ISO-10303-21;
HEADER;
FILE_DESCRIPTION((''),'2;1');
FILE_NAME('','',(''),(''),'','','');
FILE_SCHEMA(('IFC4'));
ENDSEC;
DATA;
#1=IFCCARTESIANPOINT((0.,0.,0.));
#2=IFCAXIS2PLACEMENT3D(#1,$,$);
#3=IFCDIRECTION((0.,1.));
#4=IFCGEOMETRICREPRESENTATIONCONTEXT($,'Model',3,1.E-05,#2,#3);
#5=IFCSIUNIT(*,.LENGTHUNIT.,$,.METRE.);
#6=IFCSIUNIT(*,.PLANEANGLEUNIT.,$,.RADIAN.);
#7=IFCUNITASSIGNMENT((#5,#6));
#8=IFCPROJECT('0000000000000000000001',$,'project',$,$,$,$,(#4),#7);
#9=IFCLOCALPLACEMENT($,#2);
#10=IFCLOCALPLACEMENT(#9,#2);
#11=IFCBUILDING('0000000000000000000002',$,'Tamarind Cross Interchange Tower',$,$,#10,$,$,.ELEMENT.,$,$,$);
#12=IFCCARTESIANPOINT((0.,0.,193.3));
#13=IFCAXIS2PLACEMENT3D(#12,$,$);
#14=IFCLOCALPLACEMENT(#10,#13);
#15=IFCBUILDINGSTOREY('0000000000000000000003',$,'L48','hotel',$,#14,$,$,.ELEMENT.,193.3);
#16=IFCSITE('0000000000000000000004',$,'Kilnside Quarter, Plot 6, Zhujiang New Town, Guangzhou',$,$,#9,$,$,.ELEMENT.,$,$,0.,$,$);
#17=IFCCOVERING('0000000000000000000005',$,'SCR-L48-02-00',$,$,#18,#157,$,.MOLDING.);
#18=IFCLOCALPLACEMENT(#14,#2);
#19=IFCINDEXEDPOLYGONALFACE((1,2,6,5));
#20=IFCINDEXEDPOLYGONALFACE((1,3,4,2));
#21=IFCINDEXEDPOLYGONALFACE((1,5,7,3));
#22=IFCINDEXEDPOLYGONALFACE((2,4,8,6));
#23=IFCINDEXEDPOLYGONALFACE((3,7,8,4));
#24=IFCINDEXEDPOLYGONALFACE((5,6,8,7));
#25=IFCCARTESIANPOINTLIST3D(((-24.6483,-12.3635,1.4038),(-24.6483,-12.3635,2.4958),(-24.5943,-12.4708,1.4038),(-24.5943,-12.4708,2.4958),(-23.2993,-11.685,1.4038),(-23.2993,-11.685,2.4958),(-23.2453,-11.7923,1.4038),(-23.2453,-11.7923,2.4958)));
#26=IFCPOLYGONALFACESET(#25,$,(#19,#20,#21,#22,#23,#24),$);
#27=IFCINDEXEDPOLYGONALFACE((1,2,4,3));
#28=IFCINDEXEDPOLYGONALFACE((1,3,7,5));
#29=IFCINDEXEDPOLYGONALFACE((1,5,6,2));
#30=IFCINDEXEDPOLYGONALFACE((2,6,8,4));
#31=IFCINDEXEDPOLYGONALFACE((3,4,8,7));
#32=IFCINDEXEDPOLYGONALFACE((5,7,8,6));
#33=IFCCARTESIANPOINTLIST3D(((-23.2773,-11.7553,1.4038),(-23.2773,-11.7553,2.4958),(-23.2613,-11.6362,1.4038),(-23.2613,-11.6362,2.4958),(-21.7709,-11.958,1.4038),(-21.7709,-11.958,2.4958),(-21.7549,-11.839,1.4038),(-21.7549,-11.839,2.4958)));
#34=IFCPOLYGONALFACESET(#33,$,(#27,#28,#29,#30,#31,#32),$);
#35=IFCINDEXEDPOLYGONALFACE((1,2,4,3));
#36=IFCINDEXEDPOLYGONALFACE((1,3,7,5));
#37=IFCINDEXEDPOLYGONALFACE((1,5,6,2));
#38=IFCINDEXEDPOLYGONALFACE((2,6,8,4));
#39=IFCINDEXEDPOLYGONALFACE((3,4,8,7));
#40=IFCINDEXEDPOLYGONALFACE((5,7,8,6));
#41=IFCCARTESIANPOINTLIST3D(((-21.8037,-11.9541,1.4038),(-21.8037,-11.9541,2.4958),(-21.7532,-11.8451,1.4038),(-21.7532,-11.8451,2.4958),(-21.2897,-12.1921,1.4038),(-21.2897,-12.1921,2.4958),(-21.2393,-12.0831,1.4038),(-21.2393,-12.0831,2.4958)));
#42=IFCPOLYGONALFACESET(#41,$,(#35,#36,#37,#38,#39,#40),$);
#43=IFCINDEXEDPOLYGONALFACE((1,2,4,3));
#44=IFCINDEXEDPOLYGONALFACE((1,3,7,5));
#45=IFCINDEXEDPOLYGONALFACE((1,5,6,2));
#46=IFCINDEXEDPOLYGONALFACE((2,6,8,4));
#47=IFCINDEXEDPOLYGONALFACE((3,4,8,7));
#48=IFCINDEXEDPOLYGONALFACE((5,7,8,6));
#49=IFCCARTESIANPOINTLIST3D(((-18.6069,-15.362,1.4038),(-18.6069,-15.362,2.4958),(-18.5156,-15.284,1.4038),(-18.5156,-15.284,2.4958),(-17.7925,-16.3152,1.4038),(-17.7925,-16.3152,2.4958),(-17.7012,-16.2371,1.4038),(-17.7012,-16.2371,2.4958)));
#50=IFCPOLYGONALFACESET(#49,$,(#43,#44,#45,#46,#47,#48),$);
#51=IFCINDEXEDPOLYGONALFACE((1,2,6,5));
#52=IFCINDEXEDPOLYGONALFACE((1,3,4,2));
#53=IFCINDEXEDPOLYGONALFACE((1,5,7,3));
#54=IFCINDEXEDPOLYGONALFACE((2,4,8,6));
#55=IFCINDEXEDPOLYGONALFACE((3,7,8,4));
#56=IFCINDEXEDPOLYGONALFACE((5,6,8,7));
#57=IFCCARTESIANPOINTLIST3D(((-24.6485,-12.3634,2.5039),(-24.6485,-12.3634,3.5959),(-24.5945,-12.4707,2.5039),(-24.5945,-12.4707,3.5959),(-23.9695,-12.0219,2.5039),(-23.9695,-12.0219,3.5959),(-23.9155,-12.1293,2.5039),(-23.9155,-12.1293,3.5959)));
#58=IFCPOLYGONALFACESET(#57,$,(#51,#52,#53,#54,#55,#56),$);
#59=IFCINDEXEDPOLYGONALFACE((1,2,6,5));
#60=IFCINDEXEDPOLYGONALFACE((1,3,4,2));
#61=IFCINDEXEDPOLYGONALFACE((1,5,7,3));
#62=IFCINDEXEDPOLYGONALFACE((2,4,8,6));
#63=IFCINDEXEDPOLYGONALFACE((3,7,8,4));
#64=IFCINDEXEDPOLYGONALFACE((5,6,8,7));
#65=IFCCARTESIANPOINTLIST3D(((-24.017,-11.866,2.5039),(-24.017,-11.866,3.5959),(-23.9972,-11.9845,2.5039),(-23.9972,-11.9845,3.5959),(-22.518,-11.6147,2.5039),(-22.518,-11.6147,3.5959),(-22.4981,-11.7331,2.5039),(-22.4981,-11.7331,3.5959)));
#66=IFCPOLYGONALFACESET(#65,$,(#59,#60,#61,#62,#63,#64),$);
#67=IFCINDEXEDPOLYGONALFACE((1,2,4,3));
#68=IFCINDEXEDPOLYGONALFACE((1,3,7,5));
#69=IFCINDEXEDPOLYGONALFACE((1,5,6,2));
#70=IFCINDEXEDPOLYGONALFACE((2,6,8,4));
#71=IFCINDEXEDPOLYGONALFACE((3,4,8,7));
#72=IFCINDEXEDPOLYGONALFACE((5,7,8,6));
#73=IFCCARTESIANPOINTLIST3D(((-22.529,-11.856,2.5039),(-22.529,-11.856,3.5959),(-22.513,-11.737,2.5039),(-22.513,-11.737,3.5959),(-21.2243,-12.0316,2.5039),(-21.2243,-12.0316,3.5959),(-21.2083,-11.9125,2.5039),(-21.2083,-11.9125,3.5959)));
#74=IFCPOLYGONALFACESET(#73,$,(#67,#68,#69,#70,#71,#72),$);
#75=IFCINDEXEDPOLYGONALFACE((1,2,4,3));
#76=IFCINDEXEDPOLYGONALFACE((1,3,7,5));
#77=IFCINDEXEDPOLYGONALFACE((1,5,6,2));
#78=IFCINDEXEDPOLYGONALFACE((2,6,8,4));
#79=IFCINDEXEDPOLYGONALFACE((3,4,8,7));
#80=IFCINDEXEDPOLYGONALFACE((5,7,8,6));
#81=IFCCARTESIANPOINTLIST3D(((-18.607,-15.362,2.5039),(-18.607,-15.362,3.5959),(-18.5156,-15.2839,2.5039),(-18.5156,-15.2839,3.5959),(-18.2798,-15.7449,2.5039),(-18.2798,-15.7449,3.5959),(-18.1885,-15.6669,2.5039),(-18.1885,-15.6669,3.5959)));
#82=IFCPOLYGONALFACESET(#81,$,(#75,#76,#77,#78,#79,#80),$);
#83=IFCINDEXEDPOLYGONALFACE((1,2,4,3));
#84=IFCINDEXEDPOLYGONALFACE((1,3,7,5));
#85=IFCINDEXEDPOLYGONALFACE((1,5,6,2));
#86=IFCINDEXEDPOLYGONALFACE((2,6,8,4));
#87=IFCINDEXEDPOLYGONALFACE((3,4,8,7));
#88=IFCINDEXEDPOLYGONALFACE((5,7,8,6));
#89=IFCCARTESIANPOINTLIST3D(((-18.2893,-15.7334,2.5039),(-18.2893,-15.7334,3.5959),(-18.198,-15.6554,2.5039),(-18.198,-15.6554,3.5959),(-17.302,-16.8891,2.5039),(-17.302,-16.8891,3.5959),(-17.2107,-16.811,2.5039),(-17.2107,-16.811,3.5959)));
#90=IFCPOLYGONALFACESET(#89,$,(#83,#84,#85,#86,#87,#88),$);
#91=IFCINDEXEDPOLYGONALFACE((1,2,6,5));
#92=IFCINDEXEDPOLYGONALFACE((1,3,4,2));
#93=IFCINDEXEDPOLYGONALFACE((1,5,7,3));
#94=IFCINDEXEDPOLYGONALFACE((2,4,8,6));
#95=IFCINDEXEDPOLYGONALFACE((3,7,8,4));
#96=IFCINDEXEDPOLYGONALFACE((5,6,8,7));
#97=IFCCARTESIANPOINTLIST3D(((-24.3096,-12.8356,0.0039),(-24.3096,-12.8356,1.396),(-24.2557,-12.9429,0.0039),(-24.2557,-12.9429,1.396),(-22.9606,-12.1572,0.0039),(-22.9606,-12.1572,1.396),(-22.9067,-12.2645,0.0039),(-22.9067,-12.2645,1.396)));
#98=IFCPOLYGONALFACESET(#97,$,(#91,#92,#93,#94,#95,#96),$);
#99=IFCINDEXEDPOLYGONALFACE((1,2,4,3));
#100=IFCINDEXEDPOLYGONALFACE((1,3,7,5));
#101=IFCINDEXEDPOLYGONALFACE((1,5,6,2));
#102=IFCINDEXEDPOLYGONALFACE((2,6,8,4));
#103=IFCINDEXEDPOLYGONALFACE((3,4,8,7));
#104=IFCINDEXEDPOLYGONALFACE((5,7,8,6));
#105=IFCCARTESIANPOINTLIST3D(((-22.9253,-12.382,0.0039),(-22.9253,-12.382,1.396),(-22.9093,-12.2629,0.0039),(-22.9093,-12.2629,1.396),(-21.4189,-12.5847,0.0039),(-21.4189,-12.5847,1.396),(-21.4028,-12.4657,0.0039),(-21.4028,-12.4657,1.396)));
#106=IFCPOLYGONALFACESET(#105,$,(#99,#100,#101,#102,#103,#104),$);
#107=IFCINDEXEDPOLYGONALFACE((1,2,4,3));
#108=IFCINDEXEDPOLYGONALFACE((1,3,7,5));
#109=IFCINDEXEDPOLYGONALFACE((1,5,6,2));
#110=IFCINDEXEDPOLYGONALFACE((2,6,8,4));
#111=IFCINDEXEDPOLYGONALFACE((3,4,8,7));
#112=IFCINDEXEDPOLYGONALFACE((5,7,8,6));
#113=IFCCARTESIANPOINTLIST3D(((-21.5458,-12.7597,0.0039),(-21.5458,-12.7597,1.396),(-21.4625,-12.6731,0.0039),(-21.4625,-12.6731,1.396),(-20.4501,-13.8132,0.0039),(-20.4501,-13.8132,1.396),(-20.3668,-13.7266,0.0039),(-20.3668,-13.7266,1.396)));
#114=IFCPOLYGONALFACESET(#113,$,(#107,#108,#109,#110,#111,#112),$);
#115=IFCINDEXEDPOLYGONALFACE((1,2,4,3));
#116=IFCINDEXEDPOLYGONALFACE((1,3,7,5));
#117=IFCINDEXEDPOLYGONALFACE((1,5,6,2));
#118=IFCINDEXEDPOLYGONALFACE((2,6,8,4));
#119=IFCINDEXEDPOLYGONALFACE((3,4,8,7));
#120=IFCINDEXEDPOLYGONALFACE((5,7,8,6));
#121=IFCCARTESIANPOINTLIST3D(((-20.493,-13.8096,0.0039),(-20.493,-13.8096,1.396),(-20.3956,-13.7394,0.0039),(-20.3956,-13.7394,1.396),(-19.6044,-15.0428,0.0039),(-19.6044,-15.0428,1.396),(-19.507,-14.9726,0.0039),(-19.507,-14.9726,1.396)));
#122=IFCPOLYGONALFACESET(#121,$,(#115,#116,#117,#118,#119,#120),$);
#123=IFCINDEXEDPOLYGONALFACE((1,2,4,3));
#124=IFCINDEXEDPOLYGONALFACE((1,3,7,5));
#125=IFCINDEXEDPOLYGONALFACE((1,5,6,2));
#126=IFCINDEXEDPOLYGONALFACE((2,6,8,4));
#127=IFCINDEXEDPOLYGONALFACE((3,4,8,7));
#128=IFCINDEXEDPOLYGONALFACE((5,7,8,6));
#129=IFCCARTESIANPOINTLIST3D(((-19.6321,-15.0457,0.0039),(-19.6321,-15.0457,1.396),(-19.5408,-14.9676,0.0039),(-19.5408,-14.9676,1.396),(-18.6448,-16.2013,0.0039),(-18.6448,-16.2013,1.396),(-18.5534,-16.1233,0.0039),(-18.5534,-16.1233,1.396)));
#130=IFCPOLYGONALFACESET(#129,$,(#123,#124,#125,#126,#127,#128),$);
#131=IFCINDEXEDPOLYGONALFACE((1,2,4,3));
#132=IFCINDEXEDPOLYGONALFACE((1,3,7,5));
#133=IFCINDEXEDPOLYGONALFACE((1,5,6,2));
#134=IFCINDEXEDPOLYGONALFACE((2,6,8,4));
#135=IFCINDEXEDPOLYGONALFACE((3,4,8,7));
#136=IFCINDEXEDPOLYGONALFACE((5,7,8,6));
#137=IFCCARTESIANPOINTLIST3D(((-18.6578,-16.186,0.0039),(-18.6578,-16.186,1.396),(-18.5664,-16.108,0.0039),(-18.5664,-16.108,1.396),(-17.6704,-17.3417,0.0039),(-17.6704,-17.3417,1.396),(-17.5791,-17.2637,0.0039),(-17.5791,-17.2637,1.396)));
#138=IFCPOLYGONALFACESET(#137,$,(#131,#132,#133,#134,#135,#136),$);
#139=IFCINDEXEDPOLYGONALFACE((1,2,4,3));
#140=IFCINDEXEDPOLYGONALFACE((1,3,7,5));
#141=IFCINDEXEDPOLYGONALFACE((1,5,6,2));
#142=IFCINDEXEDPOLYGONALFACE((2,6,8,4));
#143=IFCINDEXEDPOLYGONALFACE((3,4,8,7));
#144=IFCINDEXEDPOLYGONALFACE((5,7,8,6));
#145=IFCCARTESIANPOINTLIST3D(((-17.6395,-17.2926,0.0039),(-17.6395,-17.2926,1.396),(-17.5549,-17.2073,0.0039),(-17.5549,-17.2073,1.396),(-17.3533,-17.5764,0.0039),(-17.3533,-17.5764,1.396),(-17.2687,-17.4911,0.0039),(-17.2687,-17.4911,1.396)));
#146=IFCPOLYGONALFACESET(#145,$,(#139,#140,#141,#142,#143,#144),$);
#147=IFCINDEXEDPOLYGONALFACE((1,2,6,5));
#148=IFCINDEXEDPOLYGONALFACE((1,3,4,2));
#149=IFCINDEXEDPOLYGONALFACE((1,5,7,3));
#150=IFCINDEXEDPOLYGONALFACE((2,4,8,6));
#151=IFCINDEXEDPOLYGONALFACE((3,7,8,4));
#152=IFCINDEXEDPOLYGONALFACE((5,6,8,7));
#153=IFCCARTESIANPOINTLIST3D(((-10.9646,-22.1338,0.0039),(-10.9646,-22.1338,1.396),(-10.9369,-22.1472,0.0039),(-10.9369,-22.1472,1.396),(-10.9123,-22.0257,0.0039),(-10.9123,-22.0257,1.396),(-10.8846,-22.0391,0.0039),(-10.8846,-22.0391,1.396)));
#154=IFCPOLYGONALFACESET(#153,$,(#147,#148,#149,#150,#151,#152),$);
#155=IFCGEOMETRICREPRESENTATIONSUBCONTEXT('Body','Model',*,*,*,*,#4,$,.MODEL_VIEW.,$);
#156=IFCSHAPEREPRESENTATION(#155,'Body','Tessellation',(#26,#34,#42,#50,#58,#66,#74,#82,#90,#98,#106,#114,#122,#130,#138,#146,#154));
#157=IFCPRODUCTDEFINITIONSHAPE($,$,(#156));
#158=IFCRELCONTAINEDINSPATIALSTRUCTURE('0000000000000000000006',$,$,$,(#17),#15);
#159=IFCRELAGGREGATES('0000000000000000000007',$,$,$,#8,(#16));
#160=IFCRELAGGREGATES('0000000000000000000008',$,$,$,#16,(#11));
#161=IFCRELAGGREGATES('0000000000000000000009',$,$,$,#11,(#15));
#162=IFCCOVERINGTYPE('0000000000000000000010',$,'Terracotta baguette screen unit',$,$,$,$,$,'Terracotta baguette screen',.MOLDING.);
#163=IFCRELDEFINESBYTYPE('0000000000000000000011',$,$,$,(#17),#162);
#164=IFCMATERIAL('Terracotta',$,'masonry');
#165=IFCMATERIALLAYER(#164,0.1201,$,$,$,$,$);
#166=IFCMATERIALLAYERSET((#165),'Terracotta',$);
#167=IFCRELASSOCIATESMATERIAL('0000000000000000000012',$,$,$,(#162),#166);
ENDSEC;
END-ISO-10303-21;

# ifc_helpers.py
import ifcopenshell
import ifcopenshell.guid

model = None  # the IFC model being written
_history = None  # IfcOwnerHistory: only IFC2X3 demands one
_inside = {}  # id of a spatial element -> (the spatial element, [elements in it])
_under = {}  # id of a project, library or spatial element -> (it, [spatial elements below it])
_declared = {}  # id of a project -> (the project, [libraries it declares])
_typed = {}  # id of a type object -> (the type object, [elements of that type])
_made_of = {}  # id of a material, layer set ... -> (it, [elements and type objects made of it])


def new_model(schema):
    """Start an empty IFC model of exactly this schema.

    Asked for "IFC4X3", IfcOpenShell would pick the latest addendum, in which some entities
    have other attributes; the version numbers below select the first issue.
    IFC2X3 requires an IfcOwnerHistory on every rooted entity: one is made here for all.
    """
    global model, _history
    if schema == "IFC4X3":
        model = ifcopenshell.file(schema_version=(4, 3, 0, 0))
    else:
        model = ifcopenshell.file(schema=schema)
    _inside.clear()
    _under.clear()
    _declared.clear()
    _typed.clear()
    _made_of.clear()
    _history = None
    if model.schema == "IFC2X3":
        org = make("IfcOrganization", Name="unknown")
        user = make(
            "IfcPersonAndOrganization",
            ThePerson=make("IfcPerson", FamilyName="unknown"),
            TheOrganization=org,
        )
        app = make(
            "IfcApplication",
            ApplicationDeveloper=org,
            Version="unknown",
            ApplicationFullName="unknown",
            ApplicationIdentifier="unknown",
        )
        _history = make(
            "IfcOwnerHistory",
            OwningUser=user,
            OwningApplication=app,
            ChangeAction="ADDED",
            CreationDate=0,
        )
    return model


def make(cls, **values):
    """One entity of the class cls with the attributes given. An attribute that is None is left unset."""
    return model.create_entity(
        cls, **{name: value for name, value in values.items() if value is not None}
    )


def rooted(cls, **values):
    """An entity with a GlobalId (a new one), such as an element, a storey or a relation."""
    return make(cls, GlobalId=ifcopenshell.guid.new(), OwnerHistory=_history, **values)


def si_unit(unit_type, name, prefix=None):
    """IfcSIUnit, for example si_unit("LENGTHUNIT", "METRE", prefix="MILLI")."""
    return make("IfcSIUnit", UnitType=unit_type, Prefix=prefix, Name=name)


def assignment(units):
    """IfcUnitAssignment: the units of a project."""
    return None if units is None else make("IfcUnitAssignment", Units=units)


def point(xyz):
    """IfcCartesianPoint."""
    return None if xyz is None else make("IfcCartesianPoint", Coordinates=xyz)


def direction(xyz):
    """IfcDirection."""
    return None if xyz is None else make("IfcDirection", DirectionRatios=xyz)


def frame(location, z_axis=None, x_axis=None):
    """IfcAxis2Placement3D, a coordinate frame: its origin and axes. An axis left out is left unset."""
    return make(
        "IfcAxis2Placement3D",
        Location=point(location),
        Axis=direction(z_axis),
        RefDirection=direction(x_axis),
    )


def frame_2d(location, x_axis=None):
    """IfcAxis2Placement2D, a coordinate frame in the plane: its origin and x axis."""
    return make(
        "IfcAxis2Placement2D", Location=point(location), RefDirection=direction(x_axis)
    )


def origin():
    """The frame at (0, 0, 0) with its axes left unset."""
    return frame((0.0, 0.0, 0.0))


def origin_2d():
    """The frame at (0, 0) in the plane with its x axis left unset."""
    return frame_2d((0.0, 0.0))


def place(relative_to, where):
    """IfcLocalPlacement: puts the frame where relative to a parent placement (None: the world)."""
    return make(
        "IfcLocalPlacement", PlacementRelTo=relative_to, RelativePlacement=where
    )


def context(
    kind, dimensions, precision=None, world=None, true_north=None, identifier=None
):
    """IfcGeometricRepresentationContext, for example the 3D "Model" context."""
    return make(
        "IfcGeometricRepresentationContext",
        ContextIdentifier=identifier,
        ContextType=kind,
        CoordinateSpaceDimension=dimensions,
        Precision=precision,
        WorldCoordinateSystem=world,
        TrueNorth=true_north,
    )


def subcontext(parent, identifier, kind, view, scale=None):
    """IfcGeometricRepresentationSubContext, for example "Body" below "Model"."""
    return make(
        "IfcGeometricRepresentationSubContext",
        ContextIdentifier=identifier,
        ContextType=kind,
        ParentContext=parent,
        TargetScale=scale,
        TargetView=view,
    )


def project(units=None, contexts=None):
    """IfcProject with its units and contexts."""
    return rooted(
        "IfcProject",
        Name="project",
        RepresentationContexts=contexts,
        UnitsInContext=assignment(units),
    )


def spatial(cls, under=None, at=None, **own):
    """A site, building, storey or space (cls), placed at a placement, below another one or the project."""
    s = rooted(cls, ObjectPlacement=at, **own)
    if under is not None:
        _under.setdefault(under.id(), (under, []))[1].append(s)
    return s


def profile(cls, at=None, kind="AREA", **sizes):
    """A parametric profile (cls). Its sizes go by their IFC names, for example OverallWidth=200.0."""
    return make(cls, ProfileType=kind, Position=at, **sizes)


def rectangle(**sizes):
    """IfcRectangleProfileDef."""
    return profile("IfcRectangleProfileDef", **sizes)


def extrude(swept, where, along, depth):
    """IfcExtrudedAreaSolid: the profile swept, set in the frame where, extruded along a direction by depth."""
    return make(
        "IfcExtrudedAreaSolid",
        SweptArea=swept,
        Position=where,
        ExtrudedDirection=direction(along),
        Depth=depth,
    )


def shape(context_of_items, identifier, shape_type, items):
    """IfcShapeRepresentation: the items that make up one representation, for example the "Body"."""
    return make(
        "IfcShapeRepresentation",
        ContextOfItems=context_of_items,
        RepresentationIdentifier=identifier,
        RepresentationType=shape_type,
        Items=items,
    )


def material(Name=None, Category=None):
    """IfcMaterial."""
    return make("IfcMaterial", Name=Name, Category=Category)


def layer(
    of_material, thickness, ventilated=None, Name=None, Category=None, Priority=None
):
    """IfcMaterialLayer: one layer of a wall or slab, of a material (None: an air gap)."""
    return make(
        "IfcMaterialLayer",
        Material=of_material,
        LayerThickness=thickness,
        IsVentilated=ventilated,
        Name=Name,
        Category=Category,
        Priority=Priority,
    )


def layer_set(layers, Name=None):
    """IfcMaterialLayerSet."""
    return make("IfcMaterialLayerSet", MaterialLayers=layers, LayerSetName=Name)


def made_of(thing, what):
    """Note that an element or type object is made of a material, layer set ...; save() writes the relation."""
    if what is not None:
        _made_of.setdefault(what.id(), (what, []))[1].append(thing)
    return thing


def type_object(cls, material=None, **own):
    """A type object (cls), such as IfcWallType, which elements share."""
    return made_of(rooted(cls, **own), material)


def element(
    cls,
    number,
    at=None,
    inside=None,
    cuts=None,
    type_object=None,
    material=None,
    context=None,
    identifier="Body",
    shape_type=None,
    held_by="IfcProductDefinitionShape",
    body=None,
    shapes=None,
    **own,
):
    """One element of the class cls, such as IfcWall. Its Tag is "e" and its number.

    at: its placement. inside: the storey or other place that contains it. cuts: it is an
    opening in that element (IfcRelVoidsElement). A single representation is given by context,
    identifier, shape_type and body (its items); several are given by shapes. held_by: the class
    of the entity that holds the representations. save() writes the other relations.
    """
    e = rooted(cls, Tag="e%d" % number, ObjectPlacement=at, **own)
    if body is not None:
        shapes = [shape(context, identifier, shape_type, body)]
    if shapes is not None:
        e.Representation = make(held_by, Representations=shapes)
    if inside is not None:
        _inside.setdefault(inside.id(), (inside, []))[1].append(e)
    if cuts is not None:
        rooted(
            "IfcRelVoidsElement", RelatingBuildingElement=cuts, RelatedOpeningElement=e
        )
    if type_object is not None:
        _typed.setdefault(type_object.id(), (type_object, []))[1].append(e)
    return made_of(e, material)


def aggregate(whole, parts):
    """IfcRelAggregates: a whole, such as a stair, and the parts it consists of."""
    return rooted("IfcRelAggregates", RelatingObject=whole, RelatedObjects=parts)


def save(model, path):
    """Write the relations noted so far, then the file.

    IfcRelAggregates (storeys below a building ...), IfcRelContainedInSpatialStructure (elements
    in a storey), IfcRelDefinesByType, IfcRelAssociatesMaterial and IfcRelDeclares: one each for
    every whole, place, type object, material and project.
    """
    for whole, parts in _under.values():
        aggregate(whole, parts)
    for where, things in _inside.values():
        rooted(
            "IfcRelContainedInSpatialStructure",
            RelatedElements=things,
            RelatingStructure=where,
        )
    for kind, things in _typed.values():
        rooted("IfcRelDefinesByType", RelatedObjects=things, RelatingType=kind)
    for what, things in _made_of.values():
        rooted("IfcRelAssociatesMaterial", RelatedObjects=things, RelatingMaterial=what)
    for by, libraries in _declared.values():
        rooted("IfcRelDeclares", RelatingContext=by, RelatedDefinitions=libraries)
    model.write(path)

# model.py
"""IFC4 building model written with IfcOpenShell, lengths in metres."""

from ifc_helpers import new_model, si_unit, direction, frame, origin, origin_2d, place, context, subcontext, project, spatial, rectangle, extrude, material, layer, layer_set, type_object, element, save


model = new_model("IFC4")

# Units and contexts
model_context = context("Model", 3, precision=1e-05, world=origin(), true_north=direction((0.0, 1.0)))
body_context = subcontext(model_context, "Body", "Model", "MODEL_VIEW")
ifc_project = project(units=[si_unit("LENGTHUNIT", "METRE"), si_unit("PLANEANGLEUNIT", "RADIAN")], contexts=[model_context])

# Site, building, storey
site_placement = place(None, origin())
site = spatial("IfcSite", under=ifc_project, at=site_placement, Name="Kilnside Quarter, Plot 6, Zhujiang New Town, Guangzhou", CompositionType="ELEMENT", RefElevation=0.0)
building_placement = place(site_placement, origin())
building = spatial("IfcBuilding", under=site, at=building_placement, Name="Tamarind Cross Interchange Tower", CompositionType="ELEMENT")
storey_placement = place(building_placement, frame((0.0, 0.0, 193.3)))
storey = spatial("IfcBuildingStorey", under=building, at=storey_placement, Name="L48", Description="hotel", CompositionType="ELEMENT", Elevation=193.3)

# Covering
ifc_material_1 = material(Name="Terracotta", Category="masonry")
ifc_layer_1 = layer(ifc_material_1, 0.1201)
ifc_layer_set_1 = layer_set([ifc_layer_1], Name="Terracotta")
covering_type = type_object("IfcCoveringType", Name="Terracotta baguette screen unit", ElementType="Terracotta baguette screen", PredefinedType="MOLDING", material=ifc_layer_set_1)
covering_1_placement = place(storey_placement, origin())
element("IfcCovering", 1, at=covering_1_placement, inside=storey, type_object=covering_type, Name="SCR-L48-02-00", PredefinedType="MOLDING", context=body_context, shape_type="SweptSolid", body=[
    extrude(rectangle(XDim=1.51, YDim=0.1201, at=origin_2d()), frame((-23.9468, -12.0779, 1.4038), z_axis=(0.0, 0.0, 1.0), x_axis=(0.893375, 0.449312, 0.0)), (0.0, 0.0, 1.0), 1.092),
    extrude(rectangle(XDim=1.52, YDim=0.1201, at=origin_2d()), frame((-22.5161, -11.7971, 1.4038), z_axis=(0.0, 0.0, 1.0), x_axis=(0.991066, -0.133372, 0.0)), (0.0, 0.0, 1.0), 1.092),
    extrude(rectangle(XDim=0.5664, YDim=0.1201, at=origin_2d()), frame((-21.5215, -12.0186, 1.4038), z_axis=(0.0, 0.0, 1.0), x_axis=(0.907437, -0.420188, 0.0)), (0.0, 0.0, 1.0), 1.092),
    extrude(rectangle(XDim=1.2537, YDim=0.1201, at=origin_2d()), frame((-18.1541, -15.7996, 1.4038), z_axis=(0.0, 0.0, 1.0), x_axis=(0.649577, -0.760296, 0.0)), (0.0, 0.0, 1.0), 1.092),
    extrude(rectangle(XDim=0.76, YDim=0.1201, at=origin_2d()), frame((-24.282, -12.2463, 2.5039), z_axis=(0.0, 0.0, 1.0), x_axis=(0.893375, 0.449312, 0.0)), (0.0, 0.0, 1.0), 1.092),
    extrude(rectangle(XDim=1.52, YDim=0.1201, at=origin_2d()), frame((-23.2576, -11.7996, 2.5039), z_axis=(0.0, 0.0, 1.0), x_axis=(0.986235, 0.16535, 0.0)), (0.0, 0.0, 1.0), 1.092),
    extrude(rectangle(XDim=1.3164, YDim=0.1201, at=origin_2d()), frame((-21.8687, -11.8843, 2.5039), z_axis=(0.0, 0.0, 1.0), x_axis=(0.991066, -0.133372, 0.0)), (0.0, 0.0, 1.0), 1.092),
    extrude(rectangle(XDim=0.5037, YDim=0.1201, at=origin_2d()), frame((-18.3977, -15.5144, 2.5039), z_axis=(0.0, 0.0, 1.0), x_axis=(0.649577, -0.760296, 0.0)), (0.0, 0.0, 1.0), 1.092),
    extrude(rectangle(XDim=1.52, YDim=0.1201, at=origin_2d()), frame((-17.75, -16.2722, 2.5039), z_axis=(0.0, 0.0, 1.0), x_axis=(0.649577, -0.760296, 0.0)), (0.0, 0.0, 1.0), 1.092),
    extrude(rectangle(XDim=1.51, YDim=0.1201, at=origin_2d()), frame((-23.6082, -12.55, 0.0039), z_axis=(0.0, 0.0, 1.0), x_axis=(0.893375, 0.449312, 0.0)), (0.0, 0.0, 1.0), 1.3921),
    extrude(rectangle(XDim=1.52, YDim=0.1201, at=origin_2d()), frame((-22.1641, -12.4238, 0.0039), z_axis=(0.0, 0.0, 1.0), x_axis=(0.991066, -0.133372, 0.0)), (0.0, 0.0, 1.0), 1.3921),
    extrude(rectangle(XDim=1.52, YDim=0.1201, at=origin_2d()), frame((-20.9563, -13.2432, 0.0039), z_axis=(0.0, 0.0, 1.0), x_axis=(0.720856, -0.693084, 0.0)), (0.0, 0.0, 1.0), 1.3921),
    extrude(rectangle(XDim=1.52, YDim=0.1201, at=origin_2d()), frame((-20.0, -14.3911, 0.0039), z_axis=(0.0, 0.0, 1.0), x_axis=(0.584574, -0.81134, 0.0)), (0.0, 0.0, 1.0), 1.3921),
    extrude(rectangle(XDim=1.52, YDim=0.1201, at=origin_2d()), frame((-19.0928, -15.5845, 0.0039), z_axis=(0.0, 0.0, 1.0), x_axis=(0.649577, -0.760296, 0.0)), (0.0, 0.0, 1.0), 1.3921),
    extrude(rectangle(XDim=1.52, YDim=0.1201, at=origin_2d()), frame((-18.1184, -16.7249, 0.0039), z_axis=(0.0, 0.0, 1.0), x_axis=(0.649577, -0.760296, 0.0)), (0.0, 0.0, 1.0), 1.3921),
    extrude(rectangle(XDim=0.4031, YDim=0.1201, at=origin_2d()), frame((-17.4541, -17.3918, 0.0039), z_axis=(0.0, 0.0, 1.0), x_axis=(0.710143, -0.704057, 0.0)), (0.0, 0.0, 1.0), 1.3921),
    extrude(rectangle(XDim=0.0308, YDim=0.1201, at=origin_2d()), frame((-10.9246, -22.0864, 0.0039), z_axis=(0.0, 0.0, 1.0), x_axis=(0.900273, -0.435326, 0.0)), (0.0, 0.0, 1.0), 1.3921),
])

save(model, "model.ifc")
